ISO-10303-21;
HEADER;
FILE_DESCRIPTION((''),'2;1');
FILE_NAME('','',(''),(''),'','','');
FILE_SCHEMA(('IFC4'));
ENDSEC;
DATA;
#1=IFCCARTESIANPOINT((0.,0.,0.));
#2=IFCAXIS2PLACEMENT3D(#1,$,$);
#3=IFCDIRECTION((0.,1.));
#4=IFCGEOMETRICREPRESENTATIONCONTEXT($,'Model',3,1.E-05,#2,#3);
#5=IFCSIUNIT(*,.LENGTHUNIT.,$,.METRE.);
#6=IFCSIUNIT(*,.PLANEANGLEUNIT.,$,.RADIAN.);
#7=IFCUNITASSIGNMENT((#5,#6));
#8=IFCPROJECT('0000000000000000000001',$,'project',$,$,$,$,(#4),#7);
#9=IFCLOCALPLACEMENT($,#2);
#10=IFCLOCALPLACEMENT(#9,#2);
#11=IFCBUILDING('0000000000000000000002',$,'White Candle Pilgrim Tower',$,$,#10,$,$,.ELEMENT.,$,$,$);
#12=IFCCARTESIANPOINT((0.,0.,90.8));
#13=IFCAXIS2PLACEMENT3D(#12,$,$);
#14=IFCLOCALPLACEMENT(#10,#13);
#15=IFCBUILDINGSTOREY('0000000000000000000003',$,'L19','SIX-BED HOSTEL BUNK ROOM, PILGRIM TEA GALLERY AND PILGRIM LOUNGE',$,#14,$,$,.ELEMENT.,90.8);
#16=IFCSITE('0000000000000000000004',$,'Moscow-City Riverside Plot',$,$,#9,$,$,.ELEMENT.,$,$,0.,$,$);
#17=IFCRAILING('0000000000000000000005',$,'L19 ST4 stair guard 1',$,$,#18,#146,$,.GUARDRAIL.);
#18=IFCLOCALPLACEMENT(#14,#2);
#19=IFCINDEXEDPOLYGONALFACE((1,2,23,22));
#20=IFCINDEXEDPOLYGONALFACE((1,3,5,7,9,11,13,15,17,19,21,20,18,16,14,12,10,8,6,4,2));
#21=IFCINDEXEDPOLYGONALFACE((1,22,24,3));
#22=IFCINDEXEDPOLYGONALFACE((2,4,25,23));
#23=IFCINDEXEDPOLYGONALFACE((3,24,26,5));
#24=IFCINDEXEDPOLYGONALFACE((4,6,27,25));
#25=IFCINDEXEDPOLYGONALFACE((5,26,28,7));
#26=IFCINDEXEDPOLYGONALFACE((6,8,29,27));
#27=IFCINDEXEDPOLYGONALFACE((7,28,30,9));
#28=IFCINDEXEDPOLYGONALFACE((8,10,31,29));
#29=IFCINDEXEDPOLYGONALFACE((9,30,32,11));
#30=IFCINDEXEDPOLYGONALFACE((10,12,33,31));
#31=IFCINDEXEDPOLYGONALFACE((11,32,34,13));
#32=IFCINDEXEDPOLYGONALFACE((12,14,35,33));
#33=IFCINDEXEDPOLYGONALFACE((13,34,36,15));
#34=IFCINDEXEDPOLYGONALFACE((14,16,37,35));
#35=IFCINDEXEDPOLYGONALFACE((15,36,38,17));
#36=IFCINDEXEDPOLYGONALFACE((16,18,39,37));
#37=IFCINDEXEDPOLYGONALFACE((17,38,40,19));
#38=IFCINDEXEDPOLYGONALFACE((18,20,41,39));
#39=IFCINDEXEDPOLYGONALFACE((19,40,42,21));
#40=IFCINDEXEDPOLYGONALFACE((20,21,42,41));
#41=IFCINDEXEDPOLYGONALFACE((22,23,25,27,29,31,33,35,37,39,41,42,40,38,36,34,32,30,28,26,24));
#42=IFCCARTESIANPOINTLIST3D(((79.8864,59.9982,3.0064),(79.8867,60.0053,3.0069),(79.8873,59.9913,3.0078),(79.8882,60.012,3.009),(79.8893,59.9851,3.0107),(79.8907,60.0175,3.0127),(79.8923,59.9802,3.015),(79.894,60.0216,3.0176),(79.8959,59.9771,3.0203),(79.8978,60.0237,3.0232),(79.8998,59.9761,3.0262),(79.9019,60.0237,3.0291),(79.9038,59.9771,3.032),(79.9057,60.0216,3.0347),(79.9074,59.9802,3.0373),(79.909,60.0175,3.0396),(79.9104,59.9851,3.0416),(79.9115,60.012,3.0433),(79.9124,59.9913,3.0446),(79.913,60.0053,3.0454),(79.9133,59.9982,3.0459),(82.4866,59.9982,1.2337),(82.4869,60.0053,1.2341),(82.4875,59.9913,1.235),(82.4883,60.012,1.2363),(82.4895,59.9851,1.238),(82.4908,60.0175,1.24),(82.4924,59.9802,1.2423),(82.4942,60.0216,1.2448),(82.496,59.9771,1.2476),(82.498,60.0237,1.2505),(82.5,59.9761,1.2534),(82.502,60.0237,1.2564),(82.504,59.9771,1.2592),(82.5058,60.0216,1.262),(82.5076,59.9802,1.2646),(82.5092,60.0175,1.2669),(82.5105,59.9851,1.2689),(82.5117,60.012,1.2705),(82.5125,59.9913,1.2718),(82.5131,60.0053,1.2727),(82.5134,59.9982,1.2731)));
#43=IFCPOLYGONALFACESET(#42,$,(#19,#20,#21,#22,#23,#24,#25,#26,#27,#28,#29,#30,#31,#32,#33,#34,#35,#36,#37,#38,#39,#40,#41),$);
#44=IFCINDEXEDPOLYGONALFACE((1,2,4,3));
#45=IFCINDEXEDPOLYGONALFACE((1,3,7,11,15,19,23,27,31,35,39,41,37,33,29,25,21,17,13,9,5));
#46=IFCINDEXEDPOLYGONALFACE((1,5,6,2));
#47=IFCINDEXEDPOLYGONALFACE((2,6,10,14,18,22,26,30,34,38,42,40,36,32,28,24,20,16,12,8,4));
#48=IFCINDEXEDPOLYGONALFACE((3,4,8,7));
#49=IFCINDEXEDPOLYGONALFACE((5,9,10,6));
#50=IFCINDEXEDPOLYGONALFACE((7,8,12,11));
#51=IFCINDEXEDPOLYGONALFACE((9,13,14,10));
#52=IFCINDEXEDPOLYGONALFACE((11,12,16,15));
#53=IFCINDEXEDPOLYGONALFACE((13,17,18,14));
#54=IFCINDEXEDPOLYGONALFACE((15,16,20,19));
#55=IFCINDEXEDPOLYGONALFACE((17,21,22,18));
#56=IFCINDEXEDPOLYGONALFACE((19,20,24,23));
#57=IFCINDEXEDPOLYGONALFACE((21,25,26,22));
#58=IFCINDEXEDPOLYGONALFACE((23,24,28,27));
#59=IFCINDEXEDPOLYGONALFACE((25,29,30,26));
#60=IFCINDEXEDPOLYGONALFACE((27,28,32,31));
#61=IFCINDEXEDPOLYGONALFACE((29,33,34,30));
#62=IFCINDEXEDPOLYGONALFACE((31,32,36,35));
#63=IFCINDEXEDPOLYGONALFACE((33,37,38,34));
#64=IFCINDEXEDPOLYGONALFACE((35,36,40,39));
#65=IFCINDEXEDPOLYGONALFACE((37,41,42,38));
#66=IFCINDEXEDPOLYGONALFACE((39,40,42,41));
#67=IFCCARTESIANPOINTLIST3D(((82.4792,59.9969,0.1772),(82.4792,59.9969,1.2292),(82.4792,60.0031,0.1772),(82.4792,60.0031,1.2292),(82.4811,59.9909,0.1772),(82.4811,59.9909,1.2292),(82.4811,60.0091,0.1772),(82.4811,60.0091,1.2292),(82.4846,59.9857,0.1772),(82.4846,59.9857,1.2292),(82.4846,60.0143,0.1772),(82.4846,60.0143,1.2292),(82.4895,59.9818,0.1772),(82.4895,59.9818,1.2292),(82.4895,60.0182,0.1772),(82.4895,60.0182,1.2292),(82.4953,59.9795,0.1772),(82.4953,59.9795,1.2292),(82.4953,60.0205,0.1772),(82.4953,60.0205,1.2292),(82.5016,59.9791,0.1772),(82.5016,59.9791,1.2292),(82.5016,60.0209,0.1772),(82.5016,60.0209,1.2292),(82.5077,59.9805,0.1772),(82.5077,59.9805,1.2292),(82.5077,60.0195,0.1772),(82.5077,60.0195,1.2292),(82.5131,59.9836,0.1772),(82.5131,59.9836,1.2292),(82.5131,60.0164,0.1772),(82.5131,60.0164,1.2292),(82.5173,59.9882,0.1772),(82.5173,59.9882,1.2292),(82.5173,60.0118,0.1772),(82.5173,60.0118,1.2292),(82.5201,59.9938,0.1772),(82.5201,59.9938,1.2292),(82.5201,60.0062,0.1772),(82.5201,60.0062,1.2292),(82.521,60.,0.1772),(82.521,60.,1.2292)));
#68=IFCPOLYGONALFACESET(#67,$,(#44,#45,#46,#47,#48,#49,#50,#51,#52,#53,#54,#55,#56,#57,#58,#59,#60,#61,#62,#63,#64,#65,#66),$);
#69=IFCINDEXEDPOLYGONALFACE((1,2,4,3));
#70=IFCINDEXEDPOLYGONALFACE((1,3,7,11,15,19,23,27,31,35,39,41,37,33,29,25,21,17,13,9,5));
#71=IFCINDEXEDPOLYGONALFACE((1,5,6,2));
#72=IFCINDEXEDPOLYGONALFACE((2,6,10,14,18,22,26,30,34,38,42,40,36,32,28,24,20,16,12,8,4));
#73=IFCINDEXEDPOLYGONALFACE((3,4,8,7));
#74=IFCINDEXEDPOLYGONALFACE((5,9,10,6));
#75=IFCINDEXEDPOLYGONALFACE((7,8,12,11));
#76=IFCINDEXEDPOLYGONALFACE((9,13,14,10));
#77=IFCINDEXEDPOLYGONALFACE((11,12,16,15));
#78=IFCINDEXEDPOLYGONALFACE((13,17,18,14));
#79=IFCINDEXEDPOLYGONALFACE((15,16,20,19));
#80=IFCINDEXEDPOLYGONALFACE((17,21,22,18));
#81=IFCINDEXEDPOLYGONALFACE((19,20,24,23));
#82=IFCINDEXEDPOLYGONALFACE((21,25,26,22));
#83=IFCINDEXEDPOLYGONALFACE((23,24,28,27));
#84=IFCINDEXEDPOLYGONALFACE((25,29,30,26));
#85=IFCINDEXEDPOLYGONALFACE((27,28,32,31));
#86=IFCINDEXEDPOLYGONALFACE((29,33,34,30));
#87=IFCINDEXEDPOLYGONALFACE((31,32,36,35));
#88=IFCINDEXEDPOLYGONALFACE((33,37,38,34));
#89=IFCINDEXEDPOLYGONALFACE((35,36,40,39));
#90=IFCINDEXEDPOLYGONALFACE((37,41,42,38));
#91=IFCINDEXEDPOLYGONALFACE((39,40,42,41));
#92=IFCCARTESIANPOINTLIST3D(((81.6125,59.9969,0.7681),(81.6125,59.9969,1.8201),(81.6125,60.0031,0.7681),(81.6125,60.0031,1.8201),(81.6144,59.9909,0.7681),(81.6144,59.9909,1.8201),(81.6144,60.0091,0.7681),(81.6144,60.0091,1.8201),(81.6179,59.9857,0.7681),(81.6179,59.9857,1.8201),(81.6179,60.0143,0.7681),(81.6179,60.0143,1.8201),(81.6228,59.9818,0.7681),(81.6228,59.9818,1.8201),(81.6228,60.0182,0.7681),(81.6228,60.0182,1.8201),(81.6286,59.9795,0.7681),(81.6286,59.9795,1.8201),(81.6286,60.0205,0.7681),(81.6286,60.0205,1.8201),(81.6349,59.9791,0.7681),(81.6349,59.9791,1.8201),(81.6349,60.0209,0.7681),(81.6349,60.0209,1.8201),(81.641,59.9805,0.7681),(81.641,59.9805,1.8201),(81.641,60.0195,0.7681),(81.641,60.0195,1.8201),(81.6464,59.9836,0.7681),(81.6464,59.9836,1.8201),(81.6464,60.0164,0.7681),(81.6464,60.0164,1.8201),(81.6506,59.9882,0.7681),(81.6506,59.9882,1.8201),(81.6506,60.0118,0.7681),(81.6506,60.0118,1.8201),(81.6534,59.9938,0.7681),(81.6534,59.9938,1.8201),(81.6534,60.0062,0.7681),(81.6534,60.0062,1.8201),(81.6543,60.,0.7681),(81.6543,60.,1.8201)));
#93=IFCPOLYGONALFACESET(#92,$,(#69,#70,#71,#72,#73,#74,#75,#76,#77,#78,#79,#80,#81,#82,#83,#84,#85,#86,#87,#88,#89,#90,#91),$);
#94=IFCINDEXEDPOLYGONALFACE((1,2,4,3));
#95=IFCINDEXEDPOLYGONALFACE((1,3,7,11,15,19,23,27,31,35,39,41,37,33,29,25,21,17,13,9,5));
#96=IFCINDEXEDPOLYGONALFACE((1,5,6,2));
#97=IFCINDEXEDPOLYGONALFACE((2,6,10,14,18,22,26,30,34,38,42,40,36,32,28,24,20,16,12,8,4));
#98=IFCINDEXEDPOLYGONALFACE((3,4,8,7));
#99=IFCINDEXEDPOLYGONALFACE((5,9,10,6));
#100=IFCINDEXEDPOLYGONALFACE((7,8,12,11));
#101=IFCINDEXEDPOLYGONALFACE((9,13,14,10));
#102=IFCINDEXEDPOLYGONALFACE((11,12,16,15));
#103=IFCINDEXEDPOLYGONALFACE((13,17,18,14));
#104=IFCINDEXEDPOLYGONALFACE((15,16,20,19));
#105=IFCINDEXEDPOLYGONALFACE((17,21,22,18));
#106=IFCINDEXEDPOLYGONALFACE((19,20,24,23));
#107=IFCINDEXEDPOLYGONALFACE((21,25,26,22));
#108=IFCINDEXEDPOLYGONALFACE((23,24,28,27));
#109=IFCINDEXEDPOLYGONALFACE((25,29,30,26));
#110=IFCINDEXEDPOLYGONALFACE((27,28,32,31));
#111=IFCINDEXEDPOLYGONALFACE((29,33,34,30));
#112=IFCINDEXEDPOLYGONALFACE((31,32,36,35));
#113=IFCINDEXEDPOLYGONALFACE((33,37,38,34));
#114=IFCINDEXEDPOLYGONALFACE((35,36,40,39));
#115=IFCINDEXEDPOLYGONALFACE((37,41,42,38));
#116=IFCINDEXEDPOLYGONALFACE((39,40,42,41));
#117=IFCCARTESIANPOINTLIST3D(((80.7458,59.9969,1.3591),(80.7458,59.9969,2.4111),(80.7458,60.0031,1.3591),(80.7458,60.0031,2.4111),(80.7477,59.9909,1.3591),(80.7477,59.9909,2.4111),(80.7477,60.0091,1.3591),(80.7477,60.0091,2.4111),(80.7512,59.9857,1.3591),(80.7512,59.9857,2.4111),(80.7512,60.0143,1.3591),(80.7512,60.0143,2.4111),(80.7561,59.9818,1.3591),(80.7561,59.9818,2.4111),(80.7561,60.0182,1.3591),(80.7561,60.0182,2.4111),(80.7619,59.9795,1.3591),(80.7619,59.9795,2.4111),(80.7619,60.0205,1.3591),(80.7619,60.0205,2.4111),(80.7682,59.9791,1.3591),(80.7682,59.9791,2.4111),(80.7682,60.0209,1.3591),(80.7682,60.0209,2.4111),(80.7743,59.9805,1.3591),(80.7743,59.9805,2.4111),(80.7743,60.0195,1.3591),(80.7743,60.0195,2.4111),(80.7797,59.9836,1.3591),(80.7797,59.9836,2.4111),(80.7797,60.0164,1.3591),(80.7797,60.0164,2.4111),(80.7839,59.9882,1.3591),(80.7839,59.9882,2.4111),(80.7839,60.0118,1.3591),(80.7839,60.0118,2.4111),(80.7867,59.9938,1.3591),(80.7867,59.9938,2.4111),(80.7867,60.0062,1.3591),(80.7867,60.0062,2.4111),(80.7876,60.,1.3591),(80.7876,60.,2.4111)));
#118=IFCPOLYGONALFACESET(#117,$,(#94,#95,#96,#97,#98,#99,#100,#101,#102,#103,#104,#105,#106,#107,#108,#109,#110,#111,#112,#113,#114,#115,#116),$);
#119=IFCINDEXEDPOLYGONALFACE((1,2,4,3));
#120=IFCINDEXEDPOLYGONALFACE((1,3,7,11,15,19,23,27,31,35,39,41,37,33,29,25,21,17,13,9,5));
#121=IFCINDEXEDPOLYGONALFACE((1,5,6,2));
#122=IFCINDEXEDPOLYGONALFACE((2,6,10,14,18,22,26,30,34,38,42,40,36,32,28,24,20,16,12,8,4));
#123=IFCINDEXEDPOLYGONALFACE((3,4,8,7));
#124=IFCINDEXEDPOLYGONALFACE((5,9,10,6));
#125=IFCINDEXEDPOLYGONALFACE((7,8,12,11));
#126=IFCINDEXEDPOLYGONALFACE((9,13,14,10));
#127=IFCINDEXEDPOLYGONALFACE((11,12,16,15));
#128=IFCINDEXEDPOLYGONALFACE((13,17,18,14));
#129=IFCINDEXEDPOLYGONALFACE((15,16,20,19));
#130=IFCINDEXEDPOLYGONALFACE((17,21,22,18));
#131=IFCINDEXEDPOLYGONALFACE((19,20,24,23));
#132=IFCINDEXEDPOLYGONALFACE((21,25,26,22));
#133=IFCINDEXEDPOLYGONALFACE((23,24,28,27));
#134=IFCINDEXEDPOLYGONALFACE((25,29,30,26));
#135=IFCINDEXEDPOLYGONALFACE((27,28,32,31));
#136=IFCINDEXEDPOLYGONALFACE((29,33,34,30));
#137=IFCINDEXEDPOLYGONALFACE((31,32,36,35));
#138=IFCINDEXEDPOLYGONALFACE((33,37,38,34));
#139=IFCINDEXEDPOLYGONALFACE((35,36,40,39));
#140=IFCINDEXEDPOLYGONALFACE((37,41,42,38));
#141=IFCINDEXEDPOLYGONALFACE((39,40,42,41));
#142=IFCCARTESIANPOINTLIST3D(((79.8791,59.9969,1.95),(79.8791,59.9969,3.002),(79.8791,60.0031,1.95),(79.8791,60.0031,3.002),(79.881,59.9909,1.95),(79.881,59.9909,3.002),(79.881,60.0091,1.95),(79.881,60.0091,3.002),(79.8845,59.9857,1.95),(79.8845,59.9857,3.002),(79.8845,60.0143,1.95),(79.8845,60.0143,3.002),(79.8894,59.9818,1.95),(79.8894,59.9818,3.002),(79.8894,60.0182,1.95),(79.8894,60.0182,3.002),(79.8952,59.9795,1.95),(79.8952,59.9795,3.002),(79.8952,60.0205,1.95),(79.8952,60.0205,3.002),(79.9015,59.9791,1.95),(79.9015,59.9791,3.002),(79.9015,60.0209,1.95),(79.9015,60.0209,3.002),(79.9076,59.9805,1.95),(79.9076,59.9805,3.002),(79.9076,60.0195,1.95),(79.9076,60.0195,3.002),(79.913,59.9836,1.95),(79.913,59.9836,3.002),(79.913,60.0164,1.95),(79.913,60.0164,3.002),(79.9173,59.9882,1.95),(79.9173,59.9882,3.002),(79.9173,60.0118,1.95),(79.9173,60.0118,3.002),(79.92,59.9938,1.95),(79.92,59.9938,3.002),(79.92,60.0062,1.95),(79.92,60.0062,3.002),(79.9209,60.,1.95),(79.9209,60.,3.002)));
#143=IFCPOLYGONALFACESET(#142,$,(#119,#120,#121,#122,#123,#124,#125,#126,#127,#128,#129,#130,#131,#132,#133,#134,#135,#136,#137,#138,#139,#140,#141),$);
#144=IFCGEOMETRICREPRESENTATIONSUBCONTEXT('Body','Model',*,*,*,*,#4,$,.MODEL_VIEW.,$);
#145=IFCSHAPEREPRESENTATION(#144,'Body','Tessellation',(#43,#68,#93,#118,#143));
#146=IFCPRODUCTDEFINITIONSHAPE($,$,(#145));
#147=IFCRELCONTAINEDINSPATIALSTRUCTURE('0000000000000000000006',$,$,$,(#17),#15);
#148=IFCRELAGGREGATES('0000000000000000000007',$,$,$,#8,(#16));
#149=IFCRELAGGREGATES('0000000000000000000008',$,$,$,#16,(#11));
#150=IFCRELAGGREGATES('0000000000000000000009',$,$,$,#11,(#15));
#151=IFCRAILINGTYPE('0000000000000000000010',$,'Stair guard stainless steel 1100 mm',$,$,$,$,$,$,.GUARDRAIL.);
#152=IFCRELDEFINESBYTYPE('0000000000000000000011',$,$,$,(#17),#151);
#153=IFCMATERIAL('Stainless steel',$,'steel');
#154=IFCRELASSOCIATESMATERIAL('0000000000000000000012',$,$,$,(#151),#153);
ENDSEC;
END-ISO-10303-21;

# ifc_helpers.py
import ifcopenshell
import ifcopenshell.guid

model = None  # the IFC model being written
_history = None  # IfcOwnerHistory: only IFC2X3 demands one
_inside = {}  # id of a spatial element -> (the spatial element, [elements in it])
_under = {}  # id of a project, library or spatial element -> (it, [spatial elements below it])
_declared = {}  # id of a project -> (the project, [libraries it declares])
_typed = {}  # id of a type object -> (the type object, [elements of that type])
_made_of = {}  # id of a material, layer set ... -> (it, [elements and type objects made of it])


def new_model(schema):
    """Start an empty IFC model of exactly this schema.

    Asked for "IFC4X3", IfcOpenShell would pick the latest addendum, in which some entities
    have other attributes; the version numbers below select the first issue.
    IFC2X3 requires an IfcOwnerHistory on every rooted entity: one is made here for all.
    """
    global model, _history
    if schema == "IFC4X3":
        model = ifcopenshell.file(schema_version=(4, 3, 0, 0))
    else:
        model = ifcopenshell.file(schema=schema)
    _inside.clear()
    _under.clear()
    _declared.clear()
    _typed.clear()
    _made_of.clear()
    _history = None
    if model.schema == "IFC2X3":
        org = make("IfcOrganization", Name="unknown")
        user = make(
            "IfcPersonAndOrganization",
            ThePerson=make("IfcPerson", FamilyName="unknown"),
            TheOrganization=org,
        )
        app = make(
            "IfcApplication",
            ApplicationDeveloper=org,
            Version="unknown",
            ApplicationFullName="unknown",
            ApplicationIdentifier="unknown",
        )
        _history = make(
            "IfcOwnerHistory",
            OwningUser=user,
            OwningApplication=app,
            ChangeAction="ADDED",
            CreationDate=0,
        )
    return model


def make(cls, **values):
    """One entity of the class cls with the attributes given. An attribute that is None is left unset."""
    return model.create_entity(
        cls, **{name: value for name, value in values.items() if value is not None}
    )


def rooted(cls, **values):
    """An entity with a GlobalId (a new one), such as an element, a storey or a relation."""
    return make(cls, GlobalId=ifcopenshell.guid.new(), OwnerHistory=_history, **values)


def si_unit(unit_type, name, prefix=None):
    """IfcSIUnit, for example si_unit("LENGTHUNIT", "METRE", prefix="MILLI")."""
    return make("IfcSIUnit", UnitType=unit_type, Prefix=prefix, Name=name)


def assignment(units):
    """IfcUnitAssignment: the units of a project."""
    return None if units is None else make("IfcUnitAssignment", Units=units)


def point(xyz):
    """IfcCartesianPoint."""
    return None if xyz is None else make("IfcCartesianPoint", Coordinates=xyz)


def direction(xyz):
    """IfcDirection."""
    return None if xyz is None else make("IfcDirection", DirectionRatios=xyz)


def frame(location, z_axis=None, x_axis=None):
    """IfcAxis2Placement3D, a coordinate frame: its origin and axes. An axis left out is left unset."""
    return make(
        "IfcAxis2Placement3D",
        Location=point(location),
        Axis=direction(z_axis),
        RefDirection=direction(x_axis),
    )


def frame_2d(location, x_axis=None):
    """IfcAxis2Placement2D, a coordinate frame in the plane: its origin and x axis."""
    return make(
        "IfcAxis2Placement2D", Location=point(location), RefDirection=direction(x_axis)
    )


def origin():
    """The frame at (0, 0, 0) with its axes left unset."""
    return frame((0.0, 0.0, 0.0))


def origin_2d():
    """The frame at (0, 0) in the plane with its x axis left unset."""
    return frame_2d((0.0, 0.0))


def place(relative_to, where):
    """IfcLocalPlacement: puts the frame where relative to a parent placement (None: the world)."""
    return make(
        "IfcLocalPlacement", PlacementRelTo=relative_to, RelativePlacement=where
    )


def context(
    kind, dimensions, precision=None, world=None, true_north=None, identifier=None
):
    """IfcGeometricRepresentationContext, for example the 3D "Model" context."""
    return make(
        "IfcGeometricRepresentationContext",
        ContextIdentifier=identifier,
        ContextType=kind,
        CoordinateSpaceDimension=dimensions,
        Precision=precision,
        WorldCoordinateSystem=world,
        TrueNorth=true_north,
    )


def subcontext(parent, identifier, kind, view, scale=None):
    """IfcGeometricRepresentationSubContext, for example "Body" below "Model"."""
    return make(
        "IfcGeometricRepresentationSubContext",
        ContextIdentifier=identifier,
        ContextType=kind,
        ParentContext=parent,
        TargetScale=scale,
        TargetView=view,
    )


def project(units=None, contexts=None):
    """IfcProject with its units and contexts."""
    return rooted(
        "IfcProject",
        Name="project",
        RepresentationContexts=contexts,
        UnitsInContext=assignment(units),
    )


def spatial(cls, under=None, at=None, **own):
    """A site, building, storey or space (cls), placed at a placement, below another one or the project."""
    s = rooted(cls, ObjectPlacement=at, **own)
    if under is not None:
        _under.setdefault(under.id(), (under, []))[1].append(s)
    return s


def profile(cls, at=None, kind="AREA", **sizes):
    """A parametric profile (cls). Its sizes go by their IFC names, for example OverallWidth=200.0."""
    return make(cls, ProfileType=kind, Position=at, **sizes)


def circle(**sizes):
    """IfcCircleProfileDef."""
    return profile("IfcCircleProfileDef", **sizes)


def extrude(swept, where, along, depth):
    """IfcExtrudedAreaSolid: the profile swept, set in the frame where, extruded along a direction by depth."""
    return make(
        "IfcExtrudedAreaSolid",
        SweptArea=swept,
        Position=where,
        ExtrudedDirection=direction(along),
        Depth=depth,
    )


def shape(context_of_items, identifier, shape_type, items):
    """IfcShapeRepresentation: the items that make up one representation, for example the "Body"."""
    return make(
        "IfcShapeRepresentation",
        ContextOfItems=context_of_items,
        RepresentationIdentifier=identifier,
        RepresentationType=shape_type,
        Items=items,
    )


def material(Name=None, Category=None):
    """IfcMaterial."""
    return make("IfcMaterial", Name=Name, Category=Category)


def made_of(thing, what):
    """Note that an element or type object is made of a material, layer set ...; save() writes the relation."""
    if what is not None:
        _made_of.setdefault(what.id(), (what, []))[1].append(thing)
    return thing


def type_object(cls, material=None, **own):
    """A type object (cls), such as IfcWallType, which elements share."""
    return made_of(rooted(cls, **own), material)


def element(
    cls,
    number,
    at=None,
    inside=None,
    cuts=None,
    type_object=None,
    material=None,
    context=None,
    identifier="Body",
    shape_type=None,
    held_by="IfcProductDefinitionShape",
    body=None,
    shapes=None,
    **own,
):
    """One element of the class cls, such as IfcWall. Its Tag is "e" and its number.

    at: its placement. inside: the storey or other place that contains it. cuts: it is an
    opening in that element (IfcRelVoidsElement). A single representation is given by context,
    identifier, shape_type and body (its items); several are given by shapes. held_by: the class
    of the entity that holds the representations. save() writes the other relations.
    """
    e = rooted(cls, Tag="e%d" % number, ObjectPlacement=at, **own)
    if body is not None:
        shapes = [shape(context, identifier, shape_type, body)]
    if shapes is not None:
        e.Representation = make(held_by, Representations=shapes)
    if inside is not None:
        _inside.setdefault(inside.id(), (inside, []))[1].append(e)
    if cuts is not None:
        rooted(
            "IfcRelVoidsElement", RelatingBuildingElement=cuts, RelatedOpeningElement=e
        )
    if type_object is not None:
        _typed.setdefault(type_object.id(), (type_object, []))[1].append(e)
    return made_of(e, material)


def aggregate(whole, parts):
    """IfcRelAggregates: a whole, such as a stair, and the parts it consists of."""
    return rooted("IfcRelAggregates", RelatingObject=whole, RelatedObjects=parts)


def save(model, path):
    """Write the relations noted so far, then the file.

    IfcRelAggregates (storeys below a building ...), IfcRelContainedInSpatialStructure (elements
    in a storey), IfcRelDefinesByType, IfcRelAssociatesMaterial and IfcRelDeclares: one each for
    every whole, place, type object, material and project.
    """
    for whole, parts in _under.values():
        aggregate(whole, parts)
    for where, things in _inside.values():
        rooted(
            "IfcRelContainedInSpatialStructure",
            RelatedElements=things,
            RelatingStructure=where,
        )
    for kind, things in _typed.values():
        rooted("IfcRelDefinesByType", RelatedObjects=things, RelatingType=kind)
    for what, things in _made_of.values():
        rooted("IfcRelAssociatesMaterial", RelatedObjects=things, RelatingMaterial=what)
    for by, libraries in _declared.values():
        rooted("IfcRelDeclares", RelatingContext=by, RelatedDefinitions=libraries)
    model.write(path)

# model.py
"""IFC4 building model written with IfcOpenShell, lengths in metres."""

from ifc_helpers import new_model, si_unit, direction, frame, origin, origin_2d, place, context, subcontext, project, spatial, circle, extrude, material, type_object, element, save


model = new_model("IFC4")

# Units and contexts
model_context = context("Model", 3, precision=1e-05, world=origin(), true_north=direction((0.0, 1.0)))
body_context = subcontext(model_context, "Body", "Model", "MODEL_VIEW")
ifc_project = project(units=[si_unit("LENGTHUNIT", "METRE"), si_unit("PLANEANGLEUNIT", "RADIAN")], contexts=[model_context])

# Site, building, storey
site_placement = place(None, origin())
site = spatial("IfcSite", under=ifc_project, at=site_placement, Name="Moscow-City Riverside Plot", CompositionType="ELEMENT", RefElevation=0.0)
building_placement = place(site_placement, origin())
building = spatial("IfcBuilding", under=site, at=building_placement, Name="White Candle Pilgrim Tower", CompositionType="ELEMENT")
storey_placement = place(building_placement, frame((0.0, 0.0, 90.8)))
storey = spatial("IfcBuildingStorey", under=building, at=storey_placement, Name="L19", Description="SIX-BED HOSTEL BUNK ROOM, PILGRIM TEA GALLERY AND PILGRIM LOUNGE", CompositionType="ELEMENT", Elevation=90.8)

# Railing
ifc_material_1 = material(Name="Stainless steel", Category="steel")
railing_type_1 = type_object("IfcRailingType", Name="Stair guard stainless steel 1100 mm", PredefinedType="GUARDRAIL", material=ifc_material_1)
railing_1_placement = place(storey_placement, frame((82.5, 60.0, 0.1772)))
element("IfcRailing", 1, at=railing_1_placement, inside=storey, type_object=railing_type_1, Name="L19 ST4 stair guard 1", PredefinedType="GUARDRAIL", context=body_context, shape_type="SweptSolid", body=[
    extrude(circle(Radius=0.0239, at=origin_2d()), frame((0.0, 0.0, 1.0762), z_axis=(-0.82624, 0.0, 0.563318), x_axis=(0.0, -1.0, 0.0)), (0.0, 0.0, 1.0), 3.147),
    extrude(circle(Radius=0.021, at=origin_2d()), origin(), (0.0, 0.0, 1.0), 1.052),
    extrude(circle(Radius=0.021, at=origin_2d()), frame((-0.8667, 0.0, 0.5908)), (0.0, 0.0, 1.0), 1.052),
    extrude(circle(Radius=0.021, at=origin_2d()), frame((-1.7334, 0.0, 1.1819)), (0.0, 0.0, 1.0), 1.052),
    extrude(circle(Radius=0.021, at=origin_2d()), frame((-2.6001, 0.0, 1.7727)), (0.0, 0.0, 1.0), 1.052),
])

save(model, "model.ifc")
